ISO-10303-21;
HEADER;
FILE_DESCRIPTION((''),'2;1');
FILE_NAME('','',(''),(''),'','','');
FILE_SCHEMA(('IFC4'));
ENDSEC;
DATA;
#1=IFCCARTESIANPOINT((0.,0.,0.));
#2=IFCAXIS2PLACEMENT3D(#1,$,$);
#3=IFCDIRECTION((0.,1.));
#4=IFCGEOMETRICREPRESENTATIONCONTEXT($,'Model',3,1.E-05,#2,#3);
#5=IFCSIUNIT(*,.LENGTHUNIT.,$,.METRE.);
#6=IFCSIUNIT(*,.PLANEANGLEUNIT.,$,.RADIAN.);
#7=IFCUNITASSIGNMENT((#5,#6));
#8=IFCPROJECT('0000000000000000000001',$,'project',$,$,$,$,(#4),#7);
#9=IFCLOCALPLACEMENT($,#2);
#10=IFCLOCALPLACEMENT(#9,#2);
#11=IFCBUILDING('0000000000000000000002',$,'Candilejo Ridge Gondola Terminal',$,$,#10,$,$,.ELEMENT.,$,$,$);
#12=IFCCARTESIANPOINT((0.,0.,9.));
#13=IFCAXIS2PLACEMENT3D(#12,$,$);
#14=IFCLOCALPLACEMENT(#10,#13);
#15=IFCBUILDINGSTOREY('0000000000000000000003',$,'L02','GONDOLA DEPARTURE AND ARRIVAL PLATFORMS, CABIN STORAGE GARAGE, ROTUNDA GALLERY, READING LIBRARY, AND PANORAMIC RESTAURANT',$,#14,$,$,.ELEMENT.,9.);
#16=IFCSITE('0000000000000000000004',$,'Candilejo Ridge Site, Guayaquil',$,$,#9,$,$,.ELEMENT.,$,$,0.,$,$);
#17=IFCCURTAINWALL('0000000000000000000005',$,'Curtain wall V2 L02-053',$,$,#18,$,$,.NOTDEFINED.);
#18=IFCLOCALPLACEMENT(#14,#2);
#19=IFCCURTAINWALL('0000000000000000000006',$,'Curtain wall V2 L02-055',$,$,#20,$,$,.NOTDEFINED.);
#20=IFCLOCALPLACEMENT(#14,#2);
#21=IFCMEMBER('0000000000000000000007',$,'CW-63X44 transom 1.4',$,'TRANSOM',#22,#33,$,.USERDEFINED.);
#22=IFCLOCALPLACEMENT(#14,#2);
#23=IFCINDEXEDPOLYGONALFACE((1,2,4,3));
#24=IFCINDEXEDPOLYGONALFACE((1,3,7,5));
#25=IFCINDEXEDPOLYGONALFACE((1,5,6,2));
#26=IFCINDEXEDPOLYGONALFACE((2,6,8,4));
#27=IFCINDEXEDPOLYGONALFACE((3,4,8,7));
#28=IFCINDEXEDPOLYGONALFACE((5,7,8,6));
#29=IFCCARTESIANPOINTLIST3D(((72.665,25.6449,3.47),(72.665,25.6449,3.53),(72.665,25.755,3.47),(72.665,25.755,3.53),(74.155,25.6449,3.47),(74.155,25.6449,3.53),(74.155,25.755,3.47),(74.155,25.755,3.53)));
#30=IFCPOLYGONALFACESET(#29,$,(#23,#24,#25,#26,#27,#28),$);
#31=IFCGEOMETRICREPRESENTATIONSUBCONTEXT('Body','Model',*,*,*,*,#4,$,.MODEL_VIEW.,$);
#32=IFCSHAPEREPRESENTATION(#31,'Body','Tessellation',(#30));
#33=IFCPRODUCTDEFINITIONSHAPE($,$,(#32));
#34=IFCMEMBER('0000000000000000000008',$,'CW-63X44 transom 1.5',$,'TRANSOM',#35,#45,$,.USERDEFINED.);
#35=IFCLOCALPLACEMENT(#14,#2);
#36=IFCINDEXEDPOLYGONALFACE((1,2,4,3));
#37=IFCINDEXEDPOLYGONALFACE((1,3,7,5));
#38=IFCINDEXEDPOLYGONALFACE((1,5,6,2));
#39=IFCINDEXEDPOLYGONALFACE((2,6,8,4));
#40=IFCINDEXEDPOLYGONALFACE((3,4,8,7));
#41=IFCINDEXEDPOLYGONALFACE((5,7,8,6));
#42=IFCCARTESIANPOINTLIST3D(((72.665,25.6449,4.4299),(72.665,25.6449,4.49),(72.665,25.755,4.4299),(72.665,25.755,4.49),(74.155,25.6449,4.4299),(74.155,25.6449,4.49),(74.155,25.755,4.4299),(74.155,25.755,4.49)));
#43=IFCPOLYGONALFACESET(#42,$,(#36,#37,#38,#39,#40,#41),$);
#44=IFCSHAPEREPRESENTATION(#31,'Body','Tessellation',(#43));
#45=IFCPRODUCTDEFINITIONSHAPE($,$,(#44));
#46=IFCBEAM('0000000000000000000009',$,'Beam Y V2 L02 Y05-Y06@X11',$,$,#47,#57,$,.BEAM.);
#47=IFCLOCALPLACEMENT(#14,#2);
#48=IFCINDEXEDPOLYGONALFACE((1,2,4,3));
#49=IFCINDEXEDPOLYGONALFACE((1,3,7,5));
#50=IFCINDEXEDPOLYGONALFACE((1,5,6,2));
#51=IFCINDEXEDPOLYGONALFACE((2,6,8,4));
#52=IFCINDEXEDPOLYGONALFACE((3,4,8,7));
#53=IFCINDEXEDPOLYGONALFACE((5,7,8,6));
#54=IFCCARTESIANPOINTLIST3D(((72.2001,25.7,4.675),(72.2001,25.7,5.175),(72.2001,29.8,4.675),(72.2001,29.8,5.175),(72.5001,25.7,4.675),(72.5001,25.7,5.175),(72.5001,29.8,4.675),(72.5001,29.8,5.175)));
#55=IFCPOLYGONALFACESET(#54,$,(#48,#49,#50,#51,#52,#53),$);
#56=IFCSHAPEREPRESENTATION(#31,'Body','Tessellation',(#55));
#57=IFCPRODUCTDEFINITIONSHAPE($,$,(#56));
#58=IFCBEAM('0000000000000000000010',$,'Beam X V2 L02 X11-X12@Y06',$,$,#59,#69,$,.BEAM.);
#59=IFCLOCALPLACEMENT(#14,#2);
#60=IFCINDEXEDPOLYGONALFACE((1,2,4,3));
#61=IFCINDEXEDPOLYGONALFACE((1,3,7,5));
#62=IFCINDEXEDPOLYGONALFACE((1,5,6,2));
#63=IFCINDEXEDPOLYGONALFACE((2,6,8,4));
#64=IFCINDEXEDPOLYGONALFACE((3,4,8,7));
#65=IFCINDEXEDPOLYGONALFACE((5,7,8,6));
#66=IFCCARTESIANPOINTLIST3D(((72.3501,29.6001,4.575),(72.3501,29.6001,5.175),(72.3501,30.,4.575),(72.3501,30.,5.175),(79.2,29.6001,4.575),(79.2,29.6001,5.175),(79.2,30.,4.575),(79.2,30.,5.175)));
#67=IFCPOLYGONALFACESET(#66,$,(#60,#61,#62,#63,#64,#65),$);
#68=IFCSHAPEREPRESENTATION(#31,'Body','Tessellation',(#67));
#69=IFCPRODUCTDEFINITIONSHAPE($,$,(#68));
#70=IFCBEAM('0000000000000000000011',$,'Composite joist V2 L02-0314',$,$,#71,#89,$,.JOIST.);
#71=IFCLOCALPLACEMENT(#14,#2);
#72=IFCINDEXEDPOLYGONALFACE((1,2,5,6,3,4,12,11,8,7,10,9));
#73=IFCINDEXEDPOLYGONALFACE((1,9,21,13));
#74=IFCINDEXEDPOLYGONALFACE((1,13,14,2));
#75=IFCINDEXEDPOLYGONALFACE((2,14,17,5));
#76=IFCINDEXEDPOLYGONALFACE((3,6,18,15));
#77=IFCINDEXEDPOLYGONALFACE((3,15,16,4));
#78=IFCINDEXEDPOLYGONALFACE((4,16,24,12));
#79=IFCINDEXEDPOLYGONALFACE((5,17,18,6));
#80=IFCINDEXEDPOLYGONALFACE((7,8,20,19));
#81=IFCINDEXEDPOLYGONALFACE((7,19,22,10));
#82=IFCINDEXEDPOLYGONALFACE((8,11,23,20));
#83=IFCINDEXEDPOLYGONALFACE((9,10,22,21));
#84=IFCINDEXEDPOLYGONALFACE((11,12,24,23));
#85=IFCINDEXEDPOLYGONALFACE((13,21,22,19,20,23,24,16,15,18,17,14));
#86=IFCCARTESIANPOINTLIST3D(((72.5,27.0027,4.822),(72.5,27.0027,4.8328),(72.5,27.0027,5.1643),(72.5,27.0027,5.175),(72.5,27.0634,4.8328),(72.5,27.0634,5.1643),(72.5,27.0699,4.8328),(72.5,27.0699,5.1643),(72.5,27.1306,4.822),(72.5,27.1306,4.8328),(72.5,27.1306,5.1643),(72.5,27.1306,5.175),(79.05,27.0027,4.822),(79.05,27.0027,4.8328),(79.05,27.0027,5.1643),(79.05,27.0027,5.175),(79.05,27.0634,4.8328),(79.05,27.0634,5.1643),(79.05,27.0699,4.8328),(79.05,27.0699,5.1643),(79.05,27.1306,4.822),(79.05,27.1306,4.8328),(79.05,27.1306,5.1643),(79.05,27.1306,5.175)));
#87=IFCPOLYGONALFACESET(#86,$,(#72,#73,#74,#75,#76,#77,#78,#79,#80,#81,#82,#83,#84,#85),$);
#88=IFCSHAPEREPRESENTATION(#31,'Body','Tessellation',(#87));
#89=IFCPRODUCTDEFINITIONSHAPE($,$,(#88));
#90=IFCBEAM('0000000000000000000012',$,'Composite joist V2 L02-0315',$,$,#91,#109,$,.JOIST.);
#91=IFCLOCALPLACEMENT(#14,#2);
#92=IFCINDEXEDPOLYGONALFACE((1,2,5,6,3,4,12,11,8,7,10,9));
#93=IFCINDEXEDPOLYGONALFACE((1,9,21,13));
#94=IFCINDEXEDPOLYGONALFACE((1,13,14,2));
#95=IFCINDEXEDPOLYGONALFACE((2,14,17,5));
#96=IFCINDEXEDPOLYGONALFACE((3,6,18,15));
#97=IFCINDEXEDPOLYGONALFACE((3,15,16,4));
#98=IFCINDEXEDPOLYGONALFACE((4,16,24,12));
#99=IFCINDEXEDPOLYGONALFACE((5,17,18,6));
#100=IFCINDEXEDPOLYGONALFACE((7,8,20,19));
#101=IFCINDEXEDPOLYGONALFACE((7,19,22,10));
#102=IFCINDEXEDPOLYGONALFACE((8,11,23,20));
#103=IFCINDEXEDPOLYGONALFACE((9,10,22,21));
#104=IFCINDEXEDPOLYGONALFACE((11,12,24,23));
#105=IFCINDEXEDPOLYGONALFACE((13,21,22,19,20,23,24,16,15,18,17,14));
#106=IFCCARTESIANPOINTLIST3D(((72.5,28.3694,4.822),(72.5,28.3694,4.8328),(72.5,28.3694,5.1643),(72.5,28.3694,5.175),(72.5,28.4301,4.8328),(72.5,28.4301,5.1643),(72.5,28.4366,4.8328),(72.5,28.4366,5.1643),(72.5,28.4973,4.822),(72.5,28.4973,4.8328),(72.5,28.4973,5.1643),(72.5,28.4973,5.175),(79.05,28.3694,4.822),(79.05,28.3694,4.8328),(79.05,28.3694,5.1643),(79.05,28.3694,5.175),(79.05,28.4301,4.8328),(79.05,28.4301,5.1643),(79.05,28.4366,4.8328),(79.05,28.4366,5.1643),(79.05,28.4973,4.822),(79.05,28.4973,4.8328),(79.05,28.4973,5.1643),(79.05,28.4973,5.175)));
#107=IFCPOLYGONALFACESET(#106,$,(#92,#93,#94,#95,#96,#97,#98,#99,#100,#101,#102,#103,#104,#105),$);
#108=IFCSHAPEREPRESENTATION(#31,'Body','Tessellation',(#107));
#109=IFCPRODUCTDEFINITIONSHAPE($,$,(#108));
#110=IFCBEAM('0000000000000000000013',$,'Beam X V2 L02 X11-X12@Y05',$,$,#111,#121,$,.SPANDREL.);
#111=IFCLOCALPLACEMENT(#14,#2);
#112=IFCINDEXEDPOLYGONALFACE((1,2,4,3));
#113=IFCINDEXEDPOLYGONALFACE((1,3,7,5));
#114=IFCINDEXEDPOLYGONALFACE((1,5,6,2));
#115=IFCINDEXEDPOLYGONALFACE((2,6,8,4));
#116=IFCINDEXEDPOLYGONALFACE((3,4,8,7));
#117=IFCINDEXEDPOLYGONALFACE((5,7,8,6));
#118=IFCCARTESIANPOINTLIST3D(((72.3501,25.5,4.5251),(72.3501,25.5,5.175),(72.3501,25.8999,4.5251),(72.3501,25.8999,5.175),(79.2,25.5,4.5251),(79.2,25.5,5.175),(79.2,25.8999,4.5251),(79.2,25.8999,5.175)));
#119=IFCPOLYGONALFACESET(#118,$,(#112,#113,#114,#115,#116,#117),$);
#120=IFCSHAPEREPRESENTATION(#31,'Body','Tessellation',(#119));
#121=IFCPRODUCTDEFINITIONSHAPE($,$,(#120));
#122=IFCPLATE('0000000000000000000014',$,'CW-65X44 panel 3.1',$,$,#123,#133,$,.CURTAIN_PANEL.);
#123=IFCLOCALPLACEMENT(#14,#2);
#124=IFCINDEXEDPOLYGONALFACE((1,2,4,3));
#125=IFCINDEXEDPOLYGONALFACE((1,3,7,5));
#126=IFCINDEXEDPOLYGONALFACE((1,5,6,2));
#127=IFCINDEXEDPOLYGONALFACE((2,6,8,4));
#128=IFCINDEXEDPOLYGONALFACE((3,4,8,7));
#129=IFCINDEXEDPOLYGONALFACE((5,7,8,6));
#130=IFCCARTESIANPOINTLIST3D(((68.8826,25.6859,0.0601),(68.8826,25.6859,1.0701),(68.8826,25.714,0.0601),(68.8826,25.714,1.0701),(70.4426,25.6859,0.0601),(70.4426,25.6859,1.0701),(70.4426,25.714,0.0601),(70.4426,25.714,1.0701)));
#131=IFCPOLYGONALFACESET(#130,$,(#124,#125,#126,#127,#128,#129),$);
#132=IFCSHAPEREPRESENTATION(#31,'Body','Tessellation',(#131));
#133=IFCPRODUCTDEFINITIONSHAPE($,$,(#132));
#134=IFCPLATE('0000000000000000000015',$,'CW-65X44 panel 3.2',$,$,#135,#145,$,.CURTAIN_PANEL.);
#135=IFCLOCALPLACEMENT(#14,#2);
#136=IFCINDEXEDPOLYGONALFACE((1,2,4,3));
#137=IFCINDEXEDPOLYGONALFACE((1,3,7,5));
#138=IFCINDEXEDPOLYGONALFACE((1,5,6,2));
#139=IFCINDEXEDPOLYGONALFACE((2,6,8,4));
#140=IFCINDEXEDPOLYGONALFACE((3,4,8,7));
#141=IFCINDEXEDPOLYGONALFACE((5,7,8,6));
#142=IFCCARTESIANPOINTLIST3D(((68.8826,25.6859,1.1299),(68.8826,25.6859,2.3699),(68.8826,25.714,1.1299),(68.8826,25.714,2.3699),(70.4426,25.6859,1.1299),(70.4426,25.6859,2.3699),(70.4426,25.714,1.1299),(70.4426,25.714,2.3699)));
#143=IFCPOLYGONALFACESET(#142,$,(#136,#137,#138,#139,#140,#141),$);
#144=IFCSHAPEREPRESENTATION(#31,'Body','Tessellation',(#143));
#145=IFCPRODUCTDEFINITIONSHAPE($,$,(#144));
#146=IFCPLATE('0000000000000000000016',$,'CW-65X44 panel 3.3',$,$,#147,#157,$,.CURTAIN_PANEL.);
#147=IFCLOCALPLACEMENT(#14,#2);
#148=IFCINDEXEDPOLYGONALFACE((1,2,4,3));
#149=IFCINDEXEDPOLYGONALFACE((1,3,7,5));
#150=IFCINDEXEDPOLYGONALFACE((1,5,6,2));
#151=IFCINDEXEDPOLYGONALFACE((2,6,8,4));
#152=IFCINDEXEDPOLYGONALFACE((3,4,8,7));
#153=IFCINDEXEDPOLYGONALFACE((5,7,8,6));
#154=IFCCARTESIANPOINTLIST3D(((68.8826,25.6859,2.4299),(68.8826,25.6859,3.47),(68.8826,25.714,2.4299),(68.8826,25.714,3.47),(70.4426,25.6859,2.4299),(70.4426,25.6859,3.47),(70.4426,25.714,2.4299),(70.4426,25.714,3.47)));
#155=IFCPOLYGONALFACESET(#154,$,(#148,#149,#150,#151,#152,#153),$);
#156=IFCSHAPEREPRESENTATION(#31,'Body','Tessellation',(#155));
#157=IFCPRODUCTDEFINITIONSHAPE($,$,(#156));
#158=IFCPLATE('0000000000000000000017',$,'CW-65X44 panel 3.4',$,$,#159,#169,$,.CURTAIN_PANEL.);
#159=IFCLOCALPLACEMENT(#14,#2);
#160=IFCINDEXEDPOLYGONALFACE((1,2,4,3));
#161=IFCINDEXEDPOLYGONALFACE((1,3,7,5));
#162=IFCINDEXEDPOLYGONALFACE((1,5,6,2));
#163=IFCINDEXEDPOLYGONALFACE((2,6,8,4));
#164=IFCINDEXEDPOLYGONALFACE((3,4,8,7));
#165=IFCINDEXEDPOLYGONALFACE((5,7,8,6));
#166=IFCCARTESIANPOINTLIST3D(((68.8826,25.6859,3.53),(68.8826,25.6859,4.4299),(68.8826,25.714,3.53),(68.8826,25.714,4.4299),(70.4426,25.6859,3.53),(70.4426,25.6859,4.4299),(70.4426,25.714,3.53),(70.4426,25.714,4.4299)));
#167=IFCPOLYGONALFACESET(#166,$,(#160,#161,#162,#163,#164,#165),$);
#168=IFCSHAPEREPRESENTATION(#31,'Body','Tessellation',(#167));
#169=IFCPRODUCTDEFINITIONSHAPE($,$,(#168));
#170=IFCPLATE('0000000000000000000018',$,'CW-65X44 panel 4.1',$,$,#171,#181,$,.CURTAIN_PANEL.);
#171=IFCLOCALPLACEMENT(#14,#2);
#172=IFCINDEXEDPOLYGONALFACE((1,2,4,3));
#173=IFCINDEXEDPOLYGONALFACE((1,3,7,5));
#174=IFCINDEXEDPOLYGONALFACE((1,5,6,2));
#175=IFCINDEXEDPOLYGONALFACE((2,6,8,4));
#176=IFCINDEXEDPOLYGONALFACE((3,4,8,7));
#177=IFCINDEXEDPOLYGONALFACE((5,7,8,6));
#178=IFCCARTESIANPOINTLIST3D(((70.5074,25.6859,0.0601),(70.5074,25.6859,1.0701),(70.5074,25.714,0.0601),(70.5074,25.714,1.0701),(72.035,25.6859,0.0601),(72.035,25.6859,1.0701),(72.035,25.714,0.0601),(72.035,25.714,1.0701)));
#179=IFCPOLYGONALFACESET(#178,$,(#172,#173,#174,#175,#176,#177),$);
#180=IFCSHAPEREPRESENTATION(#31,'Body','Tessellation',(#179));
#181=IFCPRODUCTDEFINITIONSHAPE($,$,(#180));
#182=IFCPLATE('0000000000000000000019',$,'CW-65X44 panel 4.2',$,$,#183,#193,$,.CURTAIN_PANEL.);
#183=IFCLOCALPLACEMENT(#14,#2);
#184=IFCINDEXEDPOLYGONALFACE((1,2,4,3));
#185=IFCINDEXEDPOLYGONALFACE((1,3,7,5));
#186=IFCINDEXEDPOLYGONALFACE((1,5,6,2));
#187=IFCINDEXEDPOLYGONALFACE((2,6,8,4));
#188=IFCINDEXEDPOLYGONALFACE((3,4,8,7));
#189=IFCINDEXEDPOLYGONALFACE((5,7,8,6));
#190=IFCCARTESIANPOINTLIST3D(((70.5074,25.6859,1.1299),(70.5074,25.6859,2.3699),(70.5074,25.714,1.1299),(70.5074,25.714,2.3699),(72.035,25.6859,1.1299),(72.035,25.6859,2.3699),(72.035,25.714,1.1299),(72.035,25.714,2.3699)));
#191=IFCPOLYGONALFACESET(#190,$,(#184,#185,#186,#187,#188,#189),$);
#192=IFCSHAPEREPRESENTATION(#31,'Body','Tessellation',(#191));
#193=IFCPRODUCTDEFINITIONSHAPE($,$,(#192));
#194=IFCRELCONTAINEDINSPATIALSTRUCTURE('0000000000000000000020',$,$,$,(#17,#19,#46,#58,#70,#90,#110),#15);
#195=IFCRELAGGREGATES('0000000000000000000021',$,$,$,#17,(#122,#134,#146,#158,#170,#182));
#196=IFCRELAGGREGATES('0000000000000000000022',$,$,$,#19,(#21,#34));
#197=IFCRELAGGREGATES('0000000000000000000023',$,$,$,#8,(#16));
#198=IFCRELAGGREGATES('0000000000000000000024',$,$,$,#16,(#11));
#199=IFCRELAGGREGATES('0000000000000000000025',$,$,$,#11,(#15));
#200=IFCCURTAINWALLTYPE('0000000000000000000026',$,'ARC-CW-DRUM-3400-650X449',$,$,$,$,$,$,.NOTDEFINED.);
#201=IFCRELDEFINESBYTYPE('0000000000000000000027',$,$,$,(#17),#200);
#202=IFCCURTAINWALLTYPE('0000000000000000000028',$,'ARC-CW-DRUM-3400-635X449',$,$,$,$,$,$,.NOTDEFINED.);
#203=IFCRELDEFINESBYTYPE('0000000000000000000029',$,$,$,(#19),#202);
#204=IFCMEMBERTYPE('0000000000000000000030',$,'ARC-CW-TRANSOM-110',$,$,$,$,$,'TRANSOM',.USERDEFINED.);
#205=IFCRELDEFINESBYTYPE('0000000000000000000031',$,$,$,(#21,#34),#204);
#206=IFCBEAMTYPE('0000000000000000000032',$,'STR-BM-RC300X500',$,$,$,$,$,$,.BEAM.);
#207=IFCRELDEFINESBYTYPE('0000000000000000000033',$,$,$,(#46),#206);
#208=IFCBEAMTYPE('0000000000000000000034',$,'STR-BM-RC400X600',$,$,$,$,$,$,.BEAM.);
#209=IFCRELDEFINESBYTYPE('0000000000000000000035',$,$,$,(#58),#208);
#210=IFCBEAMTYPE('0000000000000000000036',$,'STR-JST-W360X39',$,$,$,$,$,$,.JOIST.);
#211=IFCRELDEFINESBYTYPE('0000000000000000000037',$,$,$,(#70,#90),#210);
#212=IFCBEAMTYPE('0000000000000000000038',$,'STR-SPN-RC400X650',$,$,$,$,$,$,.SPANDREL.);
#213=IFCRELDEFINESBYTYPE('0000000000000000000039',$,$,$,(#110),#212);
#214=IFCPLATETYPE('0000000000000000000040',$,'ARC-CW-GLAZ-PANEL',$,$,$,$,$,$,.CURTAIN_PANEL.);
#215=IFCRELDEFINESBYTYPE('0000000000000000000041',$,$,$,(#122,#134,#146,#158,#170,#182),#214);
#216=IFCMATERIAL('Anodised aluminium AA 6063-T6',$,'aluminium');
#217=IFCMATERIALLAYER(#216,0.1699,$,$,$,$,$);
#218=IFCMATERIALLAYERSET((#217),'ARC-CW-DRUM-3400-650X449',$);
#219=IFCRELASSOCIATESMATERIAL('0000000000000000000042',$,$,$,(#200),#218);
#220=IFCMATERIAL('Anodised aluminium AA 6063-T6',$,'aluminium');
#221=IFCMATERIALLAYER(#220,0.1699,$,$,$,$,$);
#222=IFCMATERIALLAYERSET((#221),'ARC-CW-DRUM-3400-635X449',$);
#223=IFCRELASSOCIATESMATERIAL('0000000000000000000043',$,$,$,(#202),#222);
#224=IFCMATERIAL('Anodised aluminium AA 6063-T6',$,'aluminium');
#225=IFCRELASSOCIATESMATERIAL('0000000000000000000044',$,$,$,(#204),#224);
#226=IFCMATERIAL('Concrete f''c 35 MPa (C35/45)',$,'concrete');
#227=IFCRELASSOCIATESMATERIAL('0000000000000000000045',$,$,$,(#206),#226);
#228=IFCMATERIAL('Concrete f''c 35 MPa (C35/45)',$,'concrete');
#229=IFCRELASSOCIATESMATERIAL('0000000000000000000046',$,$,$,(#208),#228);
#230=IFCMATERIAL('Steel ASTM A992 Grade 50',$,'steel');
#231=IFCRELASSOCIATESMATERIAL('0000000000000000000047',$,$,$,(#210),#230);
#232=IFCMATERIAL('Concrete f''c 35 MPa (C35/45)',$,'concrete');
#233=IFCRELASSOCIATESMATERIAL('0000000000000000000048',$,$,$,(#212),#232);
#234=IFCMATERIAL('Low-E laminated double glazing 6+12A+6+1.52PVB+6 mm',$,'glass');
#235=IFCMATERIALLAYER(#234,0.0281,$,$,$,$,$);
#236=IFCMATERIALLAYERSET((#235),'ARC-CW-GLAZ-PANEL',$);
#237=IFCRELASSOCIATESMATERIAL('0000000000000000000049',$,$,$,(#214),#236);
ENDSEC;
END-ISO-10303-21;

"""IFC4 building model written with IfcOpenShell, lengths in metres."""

from ifc_helpers import new_model, si_unit, direction, frame, origin, origin_2d, place, context, subcontext, project, spatial, rectangle, i_section, extrude, material, layer, layer_set, material_profile, profile_set, type_object, element, aggregate, save


model = new_model("IFC4")

# Units and contexts
model_context = context("Model", 3, precision=1e-05, world=origin(), true_north=direction((0.0, 1.0)))
body_context = subcontext(model_context, "Body", "Model", "MODEL_VIEW")
ifc_project = project(units=[si_unit("LENGTHUNIT", "METRE"), si_unit("PLANEANGLEUNIT", "RADIAN")], contexts=[model_context])

# Site, building, storey
site_placement = place(None, origin())
site = spatial("IfcSite", under=ifc_project, at=site_placement, Name="Candilejo Ridge Site, Guayaquil", CompositionType="ELEMENT", RefElevation=0.0)
building_placement = place(site_placement, origin())
building = spatial("IfcBuilding", under=site, at=building_placement, Name="Candilejo Ridge Gondola Terminal", CompositionType="ELEMENT")
storey_placement = place(building_placement, frame((0.0, 0.0, 9.0)))
storey = spatial("IfcBuildingStorey", under=building, at=storey_placement, Name="L02", Description="GONDOLA DEPARTURE AND ARRIVAL PLATFORMS, CABIN STORAGE GARAGE, ROTUNDA GALLERY, READING LIBRARY, AND PANORAMIC RESTAURANT", CompositionType="ELEMENT", Elevation=9.0)

# Curtain wall
ifc_material_1 = material(Name="Anodised aluminium AA 6063-T6", Category="aluminium")
ifc_layer_1 = layer(ifc_material_1, 0.1699)
ifc_layer_set_1 = layer_set([ifc_layer_1], Name="ARC-CW-DRUM-3400-650X449")
curtain_wall_type_1 = type_object("IfcCurtainWallType", Name="ARC-CW-DRUM-3400-650X449", PredefinedType="NOTDEFINED", material=ifc_layer_set_1)
curtain_wall_1_placement = place(storey_placement, origin())
curtain_wall_1 = element("IfcCurtainWall", 1, at=curtain_wall_1_placement, inside=storey, type_object=curtain_wall_type_1, Name="Curtain wall V2 L02-053", PredefinedType="NOTDEFINED")

# Curtain wall
ifc_material_2 = material(Name="Anodised aluminium AA 6063-T6", Category="aluminium")
ifc_layer_2 = layer(ifc_material_2, 0.1699)
ifc_layer_set_2 = layer_set([ifc_layer_2], Name="ARC-CW-DRUM-3400-635X449")
curtain_wall_type_2 = type_object("IfcCurtainWallType", Name="ARC-CW-DRUM-3400-635X449", PredefinedType="NOTDEFINED", material=ifc_layer_set_2)
curtain_wall_2_placement = place(storey_placement, origin())
curtain_wall_2 = element("IfcCurtainWall", 2, at=curtain_wall_2_placement, inside=storey, type_object=curtain_wall_type_2, Name="Curtain wall V2 L02-055", PredefinedType="NOTDEFINED")

# Members
ifc_material_3 = material(Name="Anodised aluminium AA 6063-T6", Category="aluminium")
ifc_material_profile_1 = material_profile(ifc_material_3, rectangle(XDim=0.1101, YDim=0.0601, at=origin_2d()))
ifc_profile_set_1 = profile_set([ifc_material_profile_1], Name="Anodised aluminium AA 6063-T6")
member_type_1 = type_object("IfcMemberType", Name="ARC-CW-TRANSOM-110", ElementType="TRANSOM", PredefinedType="USERDEFINED", material=ifc_profile_set_1)
member_1_placement = place(storey_placement, frame((72.665, 25.7, 3.5), z_axis=(1.0, 0.0, 0.0), x_axis=(0.0, 1.0, 0.0)))
member_1 = element("IfcMember", 3, at=member_1_placement, type_object=member_type_1, Name="CW-63X44 transom 1.4", ObjectType="TRANSOM", PredefinedType="USERDEFINED", context=body_context, shape_type="SweptSolid", body=[
    extrude(rectangle(XDim=0.1101, YDim=0.0601, at=origin_2d()), origin(), (0.0, 0.0, 1.0), 1.49),
])
member_2_placement = place(storey_placement, frame((72.665, 25.7, 4.46), z_axis=(1.0, 0.0, 0.0), x_axis=(0.0, 1.0, 0.0)))
member_2 = element("IfcMember", 4, at=member_2_placement, type_object=member_type_1, Name="CW-63X44 transom 1.5", ObjectType="TRANSOM", PredefinedType="USERDEFINED", context=body_context, shape_type="SweptSolid", body=[
    extrude(rectangle(XDim=0.1101, YDim=0.0601, at=origin_2d()), origin(), (0.0, 0.0, 1.0), 1.49),
])

# Beams
ifc_material_4 = material(Name="Concrete f'c 35 MPa (C35/45)", Category="concrete")
ifc_material_profile_2 = material_profile(ifc_material_4, rectangle(XDim=0.3, YDim=0.5, at=origin_2d()))
ifc_profile_set_2 = profile_set([ifc_material_profile_2], Name="Concrete f'c 35 MPa (C35/45)")
beam_type_1 = type_object("IfcBeamType", Name="STR-BM-RC300X500", PredefinedType="BEAM", material=ifc_profile_set_2)
beam_1_placement = place(storey_placement, frame((72.3501, 25.7, 4.925), z_axis=(0.0, 1.0, 0.0), x_axis=(-1.0, 0.0, 0.0)))
element("IfcBeam", 5, at=beam_1_placement, inside=storey, type_object=beam_type_1, Name="Beam Y V2 L02 Y05-Y06@X11", PredefinedType="BEAM", context=body_context, shape_type="SweptSolid", body=[
    extrude(rectangle(XDim=0.3, YDim=0.5, at=origin_2d()), origin(), (0.0, 0.0, 1.0), 4.1001),
])
ifc_material_5 = material(Name="Concrete f'c 35 MPa (C35/45)", Category="concrete")
ifc_material_profile_3 = material_profile(ifc_material_5, rectangle(XDim=0.3999, YDim=0.6001, at=origin_2d()))
ifc_profile_set_3 = profile_set([ifc_material_profile_3], Name="Concrete f'c 35 MPa (C35/45)")
beam_type_2 = type_object("IfcBeamType", Name="STR-BM-RC400X600", PredefinedType="BEAM", material=ifc_profile_set_3)
beam_2_placement = place(storey_placement, frame((72.3501, 29.8, 4.875), z_axis=(1.0, 0.0, 0.0), x_axis=(0.0, 1.0, 0.0)))
element("IfcBeam", 6, at=beam_2_placement, inside=storey, type_object=beam_type_2, Name="Beam X V2 L02 X11-X12@Y06", PredefinedType="BEAM", context=body_context, shape_type="SweptSolid", body=[
    extrude(rectangle(XDim=0.3999, YDim=0.6001, at=origin_2d()), origin(), (0.0, 0.0, 1.0), 6.8499),
])
ifc_material_6 = material(Name="Steel ASTM A992 Grade 50", Category="steel")
ifc_material_profile_4 = material_profile(ifc_material_6, i_section(OverallWidth=0.1279, OverallDepth=0.353, WebThickness=0.0066, FlangeThickness=0.0107, at=origin_2d()))
ifc_profile_set_4 = profile_set([ifc_material_profile_4], Name="Steel ASTM A992 Grade 50")
beam_type_3 = type_object("IfcBeamType", Name="STR-JST-W360X39", PredefinedType="JOIST", material=ifc_profile_set_4)
for number, where, z_axis, x_axis, name in (
    (7, (72.5, 27.0667, 4.9985), (1.0, 0.0, 0.0), (0.0, 1.0, 0.0), "Composite joist V2 L02-0314"),
    (8, (72.5, 28.4333, 4.9985), (1.0, 0.0, 0.0), (0.0, 1.0, 0.0), "Composite joist V2 L02-0315"),
):
    element("IfcBeam", number, at=place(storey_placement, frame(where, z_axis=z_axis, x_axis=x_axis)), inside=storey, type_object=beam_type_3, Name=name, PredefinedType="JOIST", context=body_context, shape_type="SweptSolid", body=[
        extrude(i_section(OverallWidth=0.1279, OverallDepth=0.353, WebThickness=0.0066, FlangeThickness=0.0107, at=origin_2d()), origin(), (0.0, 0.0, 1.0), 6.55),
    ])
ifc_material_7 = material(Name="Concrete f'c 35 MPa (C35/45)", Category="concrete")
ifc_material_profile_5 = material_profile(ifc_material_7, rectangle(XDim=0.3999, YDim=0.6499, at=origin_2d()))
ifc_profile_set_5 = profile_set([ifc_material_profile_5], Name="Concrete f'c 35 MPa (C35/45)")
beam_type_4 = type_object("IfcBeamType", Name="STR-SPN-RC400X650", PredefinedType="SPANDREL", material=ifc_profile_set_5)
beam_3_placement = place(storey_placement, frame((72.3501, 25.7, 4.8501), z_axis=(1.0, 0.0, 0.0), x_axis=(0.0, 1.0, 0.0)))
element("IfcBeam", 9, at=beam_3_placement, inside=storey, type_object=beam_type_4, Name="Beam X V2 L02 X11-X12@Y05", PredefinedType="SPANDREL", context=body_context, shape_type="SweptSolid", body=[
    extrude(rectangle(XDim=0.3999, YDim=0.6499, at=origin_2d()), origin(), (0.0, 0.0, 1.0), 6.8499),
])

# Plates
ifc_material_8 = material(Name="Low-E laminated double glazing 6+12A+6+1.52PVB+6 mm", Category="glass")
ifc_layer_3 = layer(ifc_material_8, 0.0281)
ifc_layer_set_3 = layer_set([ifc_layer_3], Name="ARC-CW-GLAZ-PANEL")
plate_type = type_object("IfcPlateType", Name="ARC-CW-GLAZ-PANEL", PredefinedType="CURTAIN_PANEL", material=ifc_layer_set_3)
plate_1_placement = place(storey_placement, frame((69.6626, 25.7, 0.0601), z_axis=(0.0, 0.0, 1.0), x_axis=(1.0, 0.0, 0.0)))
plate_1 = element("IfcPlate", 10, at=plate_1_placement, type_object=plate_type, Name="CW-65X44 panel 3.1", PredefinedType="CURTAIN_PANEL", context=body_context, shape_type="SweptSolid", body=[
    extrude(rectangle(XDim=1.5601, YDim=0.0281, at=origin_2d()), origin(), (0.0, 0.0, 1.0), 1.01),
])
plate_2_placement = place(storey_placement, frame((69.6626, 25.7, 1.1299), z_axis=(0.0, 0.0, 1.0), x_axis=(1.0, 0.0, 0.0)))
plate_2 = element("IfcPlate", 11, at=plate_2_placement, type_object=plate_type, Name="CW-65X44 panel 3.2", PredefinedType="CURTAIN_PANEL", context=body_context, shape_type="SweptSolid", body=[
    extrude(rectangle(XDim=1.5601, YDim=0.0281, at=origin_2d()), origin(), (0.0, 0.0, 1.0), 1.24),
])
plate_3_placement = place(storey_placement, frame((69.6626, 25.7, 2.4299), z_axis=(0.0, 0.0, 1.0), x_axis=(1.0, 0.0, 0.0)))
plate_3 = element("IfcPlate", 12, at=plate_3_placement, type_object=plate_type, Name="CW-65X44 panel 3.3", PredefinedType="CURTAIN_PANEL", context=body_context, shape_type="SweptSolid", body=[
    extrude(rectangle(XDim=1.5601, YDim=0.0281, at=origin_2d()), origin(), (0.0, 0.0, 1.0), 1.04),
])
plate_4_placement = place(storey_placement, frame((69.6626, 25.7, 3.53), z_axis=(0.0, 0.0, 1.0), x_axis=(1.0, 0.0, 0.0)))
plate_4 = element("IfcPlate", 13, at=plate_4_placement, type_object=plate_type, Name="CW-65X44 panel 3.4", PredefinedType="CURTAIN_PANEL", context=body_context, shape_type="SweptSolid", body=[
    extrude(rectangle(XDim=1.5601, YDim=0.0281, at=origin_2d()), origin(), (0.0, 0.0, 1.0), 0.8999),
])
plate_5_placement = place(storey_placement, frame((71.2712, 25.7, 0.0601), z_axis=(0.0, 0.0, 1.0), x_axis=(1.0, 0.0, 0.0)))
plate_5 = element("IfcPlate", 14, at=plate_5_placement, type_object=plate_type, Name="CW-65X44 panel 4.1", PredefinedType="CURTAIN_PANEL", context=body_context, shape_type="SweptSolid", body=[
    extrude(rectangle(XDim=1.5276, YDim=0.0281, at=origin_2d()), origin(), (0.0, 0.0, 1.0), 1.01),
])
plate_6_placement = place(storey_placement, frame((71.2712, 25.7, 1.1299), z_axis=(0.0, 0.0, 1.0), x_axis=(1.0, 0.0, 0.0)))
plate_6 = element("IfcPlate", 15, at=plate_6_placement, type_object=plate_type, Name="CW-65X44 panel 4.2", PredefinedType="CURTAIN_PANEL", context=body_context, shape_type="SweptSolid", body=[
    extrude(rectangle(XDim=1.5276, YDim=0.0281, at=origin_2d()), origin(), (0.0, 0.0, 1.0), 1.24),
])
aggregate(curtain_wall_1, [plate_1, plate_2, plate_3, plate_4, plate_5, plate_6])
aggregate(curtain_wall_2, [member_1, member_2])

save(model, "model.ifc")
